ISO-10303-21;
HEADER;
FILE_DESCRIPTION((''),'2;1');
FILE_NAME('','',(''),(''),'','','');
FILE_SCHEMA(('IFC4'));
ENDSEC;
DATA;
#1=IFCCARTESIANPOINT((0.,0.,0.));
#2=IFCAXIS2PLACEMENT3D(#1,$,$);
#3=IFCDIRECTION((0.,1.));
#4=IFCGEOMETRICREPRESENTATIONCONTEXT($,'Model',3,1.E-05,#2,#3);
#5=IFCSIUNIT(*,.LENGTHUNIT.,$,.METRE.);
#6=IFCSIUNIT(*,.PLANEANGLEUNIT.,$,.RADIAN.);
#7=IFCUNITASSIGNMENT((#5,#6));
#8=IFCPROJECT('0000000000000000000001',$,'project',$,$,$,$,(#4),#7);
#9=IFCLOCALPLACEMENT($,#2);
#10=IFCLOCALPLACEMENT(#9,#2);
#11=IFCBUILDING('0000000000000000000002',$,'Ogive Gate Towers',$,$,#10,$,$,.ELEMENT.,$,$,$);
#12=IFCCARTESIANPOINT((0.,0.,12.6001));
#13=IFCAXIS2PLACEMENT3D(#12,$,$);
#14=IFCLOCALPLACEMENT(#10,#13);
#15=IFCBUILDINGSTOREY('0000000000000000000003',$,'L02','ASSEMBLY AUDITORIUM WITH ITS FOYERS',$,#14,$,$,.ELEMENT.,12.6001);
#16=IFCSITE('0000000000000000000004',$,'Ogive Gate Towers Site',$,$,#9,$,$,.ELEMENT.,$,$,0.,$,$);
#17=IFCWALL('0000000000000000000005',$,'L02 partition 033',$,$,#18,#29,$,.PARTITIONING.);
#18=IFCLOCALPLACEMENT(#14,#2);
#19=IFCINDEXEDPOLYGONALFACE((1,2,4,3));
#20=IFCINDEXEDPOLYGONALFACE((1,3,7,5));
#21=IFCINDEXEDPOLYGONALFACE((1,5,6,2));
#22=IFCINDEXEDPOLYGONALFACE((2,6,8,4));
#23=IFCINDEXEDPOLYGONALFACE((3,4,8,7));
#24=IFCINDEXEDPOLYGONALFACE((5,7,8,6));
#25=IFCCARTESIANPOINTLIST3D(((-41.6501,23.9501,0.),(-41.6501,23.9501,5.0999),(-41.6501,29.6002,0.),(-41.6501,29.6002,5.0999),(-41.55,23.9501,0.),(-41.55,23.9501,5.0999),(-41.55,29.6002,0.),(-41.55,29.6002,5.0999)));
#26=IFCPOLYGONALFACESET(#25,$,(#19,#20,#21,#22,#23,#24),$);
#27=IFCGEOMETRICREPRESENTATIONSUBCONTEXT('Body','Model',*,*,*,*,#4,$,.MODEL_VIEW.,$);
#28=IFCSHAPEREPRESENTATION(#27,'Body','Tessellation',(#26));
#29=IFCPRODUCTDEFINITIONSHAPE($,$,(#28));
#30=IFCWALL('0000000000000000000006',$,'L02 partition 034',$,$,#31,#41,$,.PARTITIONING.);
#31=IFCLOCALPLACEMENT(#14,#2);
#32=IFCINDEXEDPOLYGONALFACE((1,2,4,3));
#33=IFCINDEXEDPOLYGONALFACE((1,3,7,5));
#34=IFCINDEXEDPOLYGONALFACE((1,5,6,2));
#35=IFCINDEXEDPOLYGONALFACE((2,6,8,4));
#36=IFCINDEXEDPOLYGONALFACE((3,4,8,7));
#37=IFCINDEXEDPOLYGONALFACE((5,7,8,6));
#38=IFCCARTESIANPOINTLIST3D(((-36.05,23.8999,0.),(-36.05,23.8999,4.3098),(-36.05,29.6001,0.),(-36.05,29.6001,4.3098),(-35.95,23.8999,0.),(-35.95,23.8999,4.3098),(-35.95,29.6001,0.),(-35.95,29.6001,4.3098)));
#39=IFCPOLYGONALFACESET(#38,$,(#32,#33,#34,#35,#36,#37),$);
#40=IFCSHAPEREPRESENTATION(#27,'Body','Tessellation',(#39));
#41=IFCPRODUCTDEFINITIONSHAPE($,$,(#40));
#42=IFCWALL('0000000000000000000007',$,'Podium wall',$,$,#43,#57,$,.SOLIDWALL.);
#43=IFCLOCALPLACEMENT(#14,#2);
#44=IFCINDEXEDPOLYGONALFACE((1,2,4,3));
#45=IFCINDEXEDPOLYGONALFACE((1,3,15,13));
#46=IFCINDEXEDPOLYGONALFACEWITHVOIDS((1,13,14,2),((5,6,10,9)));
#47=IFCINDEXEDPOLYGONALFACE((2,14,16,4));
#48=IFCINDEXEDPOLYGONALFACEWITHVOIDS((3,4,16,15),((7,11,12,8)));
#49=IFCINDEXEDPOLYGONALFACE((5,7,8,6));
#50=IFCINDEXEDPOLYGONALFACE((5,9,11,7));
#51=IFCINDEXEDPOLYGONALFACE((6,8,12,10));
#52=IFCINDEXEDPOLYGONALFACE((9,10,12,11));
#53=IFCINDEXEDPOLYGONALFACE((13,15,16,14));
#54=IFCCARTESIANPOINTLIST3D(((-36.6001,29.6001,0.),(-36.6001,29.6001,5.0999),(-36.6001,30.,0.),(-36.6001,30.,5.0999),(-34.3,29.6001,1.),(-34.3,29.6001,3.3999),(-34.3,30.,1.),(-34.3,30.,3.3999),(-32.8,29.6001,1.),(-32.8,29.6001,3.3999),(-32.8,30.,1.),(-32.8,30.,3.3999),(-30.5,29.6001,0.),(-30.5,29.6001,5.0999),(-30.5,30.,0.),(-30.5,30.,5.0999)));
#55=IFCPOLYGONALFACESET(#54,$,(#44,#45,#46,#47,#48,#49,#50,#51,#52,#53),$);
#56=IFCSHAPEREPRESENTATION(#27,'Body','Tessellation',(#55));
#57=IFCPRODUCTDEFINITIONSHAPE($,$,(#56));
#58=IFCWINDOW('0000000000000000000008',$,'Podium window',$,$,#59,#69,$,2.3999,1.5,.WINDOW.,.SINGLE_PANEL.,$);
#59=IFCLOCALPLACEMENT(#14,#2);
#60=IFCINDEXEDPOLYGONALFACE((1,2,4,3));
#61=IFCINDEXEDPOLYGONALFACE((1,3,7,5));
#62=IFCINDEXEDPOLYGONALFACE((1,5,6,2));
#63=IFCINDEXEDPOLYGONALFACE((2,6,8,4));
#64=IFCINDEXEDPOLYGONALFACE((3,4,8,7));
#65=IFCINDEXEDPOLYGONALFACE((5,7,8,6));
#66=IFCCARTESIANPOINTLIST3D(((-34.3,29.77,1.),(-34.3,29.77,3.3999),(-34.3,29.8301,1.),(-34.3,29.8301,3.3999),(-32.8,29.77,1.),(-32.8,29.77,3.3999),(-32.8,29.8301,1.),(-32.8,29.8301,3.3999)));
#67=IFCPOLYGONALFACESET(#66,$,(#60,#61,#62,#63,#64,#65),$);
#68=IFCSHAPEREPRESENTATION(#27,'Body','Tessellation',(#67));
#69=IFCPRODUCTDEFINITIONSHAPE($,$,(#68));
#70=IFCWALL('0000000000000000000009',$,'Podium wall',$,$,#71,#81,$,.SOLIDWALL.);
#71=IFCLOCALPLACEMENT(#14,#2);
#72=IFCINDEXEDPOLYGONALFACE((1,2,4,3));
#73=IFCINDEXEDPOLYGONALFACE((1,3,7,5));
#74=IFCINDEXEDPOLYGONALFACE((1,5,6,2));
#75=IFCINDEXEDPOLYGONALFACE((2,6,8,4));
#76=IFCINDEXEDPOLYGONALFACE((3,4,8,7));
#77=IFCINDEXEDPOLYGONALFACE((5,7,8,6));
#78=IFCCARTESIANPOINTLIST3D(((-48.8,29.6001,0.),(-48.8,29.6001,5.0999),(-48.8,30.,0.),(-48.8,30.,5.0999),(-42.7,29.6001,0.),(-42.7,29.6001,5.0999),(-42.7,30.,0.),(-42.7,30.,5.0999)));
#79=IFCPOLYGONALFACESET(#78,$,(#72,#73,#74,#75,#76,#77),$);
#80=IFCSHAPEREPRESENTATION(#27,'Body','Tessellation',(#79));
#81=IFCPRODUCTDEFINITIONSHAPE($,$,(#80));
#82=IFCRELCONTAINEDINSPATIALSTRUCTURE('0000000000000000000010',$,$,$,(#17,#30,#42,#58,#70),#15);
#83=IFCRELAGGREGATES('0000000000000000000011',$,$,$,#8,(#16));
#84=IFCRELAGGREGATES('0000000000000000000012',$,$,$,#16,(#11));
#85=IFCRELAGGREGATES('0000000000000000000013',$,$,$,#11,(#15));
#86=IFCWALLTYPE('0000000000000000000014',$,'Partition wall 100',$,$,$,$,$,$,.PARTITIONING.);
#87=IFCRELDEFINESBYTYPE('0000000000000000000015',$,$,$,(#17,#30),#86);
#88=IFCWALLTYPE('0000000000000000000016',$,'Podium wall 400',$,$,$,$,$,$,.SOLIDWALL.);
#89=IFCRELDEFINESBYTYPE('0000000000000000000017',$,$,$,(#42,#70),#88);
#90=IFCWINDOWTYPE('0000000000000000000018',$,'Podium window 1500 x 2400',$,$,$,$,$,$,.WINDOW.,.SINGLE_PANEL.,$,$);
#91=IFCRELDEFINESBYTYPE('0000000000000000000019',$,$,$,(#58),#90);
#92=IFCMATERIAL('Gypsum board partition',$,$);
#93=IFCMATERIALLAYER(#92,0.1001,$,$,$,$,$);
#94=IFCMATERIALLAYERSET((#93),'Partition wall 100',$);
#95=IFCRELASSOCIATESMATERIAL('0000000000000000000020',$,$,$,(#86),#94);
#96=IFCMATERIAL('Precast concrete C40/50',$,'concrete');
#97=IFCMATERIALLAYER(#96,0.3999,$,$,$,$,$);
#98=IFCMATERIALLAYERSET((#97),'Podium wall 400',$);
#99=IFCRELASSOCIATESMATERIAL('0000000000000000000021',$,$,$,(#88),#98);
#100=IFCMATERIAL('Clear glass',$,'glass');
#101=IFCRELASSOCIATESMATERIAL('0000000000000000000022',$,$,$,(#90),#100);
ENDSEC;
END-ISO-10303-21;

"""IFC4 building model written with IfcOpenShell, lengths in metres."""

from ifc_helpers import new_model, si_unit, direction, frame, frame_2d, origin, place, context, subcontext, project, spatial, rectangle, extrude, material, layer, layer_set, type_object, element, fill, save


model = new_model("IFC4")

# Units and contexts
model_context = context("Model", 3, precision=1e-05, world=origin(), true_north=direction((0.0, 1.0)))
body_context = subcontext(model_context, "Body", "Model", "MODEL_VIEW")
ifc_project = project(units=[si_unit("LENGTHUNIT", "METRE"), si_unit("PLANEANGLEUNIT", "RADIAN")], contexts=[model_context])

# Site, building, storey
site_placement = place(None, origin())
site = spatial("IfcSite", under=ifc_project, at=site_placement, Name="Ogive Gate Towers Site", CompositionType="ELEMENT", RefElevation=0.0)
building_placement = place(site_placement, origin())
building = spatial("IfcBuilding", under=site, at=building_placement, Name="Ogive Gate Towers", CompositionType="ELEMENT")
storey_placement = place(building_placement, frame((0.0, 0.0, 12.6001)))
storey = spatial("IfcBuildingStorey", under=building, at=storey_placement, Name="L02", Description="ASSEMBLY AUDITORIUM WITH ITS FOYERS", CompositionType="ELEMENT", Elevation=12.6001)

# Walls
ifc_material_1 = material(Name="Gypsum board partition")
ifc_layer_1 = layer(ifc_material_1, 0.1001)
ifc_layer_set_1 = layer_set([ifc_layer_1], Name="Partition wall 100")
wall_type_1 = type_object("IfcWallType", Name="Partition wall 100", PredefinedType="PARTITIONING", material=ifc_layer_set_1)
wall_1_placement = place(storey_placement, frame((-41.6001, 23.95, 0.0), z_axis=(0.0, 0.0, 1.0), x_axis=(0.0, 1.0, 0.0)))
element("IfcWall", 1, at=wall_1_placement, inside=storey, type_object=wall_type_1, Name="L02 partition 033", PredefinedType="PARTITIONING", context=body_context, shape_type="SweptSolid", body=[
    extrude(rectangle(XDim=5.6501, YDim=0.1001, at=frame_2d((2.8252, 0.0))), origin(), (0.0, 0.0, 1.0), 5.0999),
])
wall_2_placement = place(storey_placement, frame((-36.0, 23.8999, 0.0), z_axis=(0.0, 0.0, 1.0), x_axis=(0.0, 1.0, 0.0)))
element("IfcWall", 2, at=wall_2_placement, inside=storey, type_object=wall_type_1, Name="L02 partition 034", PredefinedType="PARTITIONING", context=body_context, shape_type="SweptSolid", body=[
    extrude(rectangle(XDim=5.7002, YDim=0.1001, at=frame_2d((2.8501, 0.0))), origin(), (0.0, 0.0, 1.0), 4.3098),
])

# Wall, opening, window
ifc_material_2 = material(Name="Precast concrete C40/50", Category="concrete")
ifc_layer_2 = layer(ifc_material_2, 0.3999)
ifc_layer_set_2 = layer_set([ifc_layer_2], Name="Podium wall 400")
wall_type_2 = type_object("IfcWallType", Name="Podium wall 400", PredefinedType="SOLIDWALL", material=ifc_layer_set_2)
wall_3_placement = place(storey_placement, frame((-30.5, 29.8, 0.0), z_axis=(0.0, 0.0, 1.0), x_axis=(-1.0, 0.0, 0.0)))
wall_3 = element("IfcWall", 3, at=wall_3_placement, inside=storey, type_object=wall_type_2, Name="Podium wall", PredefinedType="SOLIDWALL", context=body_context, shape_type="SweptSolid", body=[
    extrude(rectangle(XDim=6.1001, YDim=0.3999, at=frame_2d((3.05, 0.0))), origin(), (0.0, 0.0, 1.0), 5.0999),
])
opening_1_placement = place(wall_3_placement, frame((2.3, 0.0, 1.0)))
opening_1 = element("IfcOpeningElement", 4, at=opening_1_placement, cuts=wall_3, PredefinedType="OPENING", context=body_context, shape_type="SweptSolid", body=[
    extrude(rectangle(XDim=1.5, YDim=2.3999, at=frame_2d((0.75, 1.2))), frame((0.0, 0.21, 0.0), z_axis=(0.0, -1.0, 0.0), x_axis=(1.0, 0.0, 0.0)), (0.0, 0.0, 1.0), 0.4199),
])
ifc_material_3 = material(Name="Clear glass", Category="glass")
window_type = type_object("IfcWindowType", Name="Podium window 1500 x 2400", PartitioningType="SINGLE_PANEL", PredefinedType="WINDOW", material=ifc_material_3)
window_placement = place(opening_1_placement, origin())
window = element("IfcWindow", 5, at=window_placement, inside=storey, type_object=window_type, Name="Podium window", OverallHeight=2.3999, OverallWidth=1.5, PartitioningType="SINGLE_PANEL", PredefinedType="WINDOW", context=body_context, shape_type="SweptSolid", body=[
    extrude(rectangle(XDim=1.5, YDim=2.3999, at=frame_2d((0.75, 1.2))), frame((0.0, 0.03, 0.0), z_axis=(0.0, -1.0, 0.0), x_axis=(1.0, 0.0, 0.0)), (0.0, 0.0, 1.0), 0.0601),
])
fill(opening_1, window)

# Wall
wall_4_placement = place(storey_placement, frame((-42.7, 29.8, 0.0), z_axis=(0.0, 0.0, 1.0), x_axis=(-1.0, 0.0, 0.0)))
element("IfcWall", 6, at=wall_4_placement, inside=storey, type_object=wall_type_2, Name="Podium wall", PredefinedType="SOLIDWALL", context=body_context, shape_type="SweptSolid", body=[
    extrude(rectangle(XDim=6.1001, YDim=0.3999, at=frame_2d((3.05, 0.0))), origin(), (0.0, 0.0, 1.0), 5.0999),
])

save(model, "model.ifc")
